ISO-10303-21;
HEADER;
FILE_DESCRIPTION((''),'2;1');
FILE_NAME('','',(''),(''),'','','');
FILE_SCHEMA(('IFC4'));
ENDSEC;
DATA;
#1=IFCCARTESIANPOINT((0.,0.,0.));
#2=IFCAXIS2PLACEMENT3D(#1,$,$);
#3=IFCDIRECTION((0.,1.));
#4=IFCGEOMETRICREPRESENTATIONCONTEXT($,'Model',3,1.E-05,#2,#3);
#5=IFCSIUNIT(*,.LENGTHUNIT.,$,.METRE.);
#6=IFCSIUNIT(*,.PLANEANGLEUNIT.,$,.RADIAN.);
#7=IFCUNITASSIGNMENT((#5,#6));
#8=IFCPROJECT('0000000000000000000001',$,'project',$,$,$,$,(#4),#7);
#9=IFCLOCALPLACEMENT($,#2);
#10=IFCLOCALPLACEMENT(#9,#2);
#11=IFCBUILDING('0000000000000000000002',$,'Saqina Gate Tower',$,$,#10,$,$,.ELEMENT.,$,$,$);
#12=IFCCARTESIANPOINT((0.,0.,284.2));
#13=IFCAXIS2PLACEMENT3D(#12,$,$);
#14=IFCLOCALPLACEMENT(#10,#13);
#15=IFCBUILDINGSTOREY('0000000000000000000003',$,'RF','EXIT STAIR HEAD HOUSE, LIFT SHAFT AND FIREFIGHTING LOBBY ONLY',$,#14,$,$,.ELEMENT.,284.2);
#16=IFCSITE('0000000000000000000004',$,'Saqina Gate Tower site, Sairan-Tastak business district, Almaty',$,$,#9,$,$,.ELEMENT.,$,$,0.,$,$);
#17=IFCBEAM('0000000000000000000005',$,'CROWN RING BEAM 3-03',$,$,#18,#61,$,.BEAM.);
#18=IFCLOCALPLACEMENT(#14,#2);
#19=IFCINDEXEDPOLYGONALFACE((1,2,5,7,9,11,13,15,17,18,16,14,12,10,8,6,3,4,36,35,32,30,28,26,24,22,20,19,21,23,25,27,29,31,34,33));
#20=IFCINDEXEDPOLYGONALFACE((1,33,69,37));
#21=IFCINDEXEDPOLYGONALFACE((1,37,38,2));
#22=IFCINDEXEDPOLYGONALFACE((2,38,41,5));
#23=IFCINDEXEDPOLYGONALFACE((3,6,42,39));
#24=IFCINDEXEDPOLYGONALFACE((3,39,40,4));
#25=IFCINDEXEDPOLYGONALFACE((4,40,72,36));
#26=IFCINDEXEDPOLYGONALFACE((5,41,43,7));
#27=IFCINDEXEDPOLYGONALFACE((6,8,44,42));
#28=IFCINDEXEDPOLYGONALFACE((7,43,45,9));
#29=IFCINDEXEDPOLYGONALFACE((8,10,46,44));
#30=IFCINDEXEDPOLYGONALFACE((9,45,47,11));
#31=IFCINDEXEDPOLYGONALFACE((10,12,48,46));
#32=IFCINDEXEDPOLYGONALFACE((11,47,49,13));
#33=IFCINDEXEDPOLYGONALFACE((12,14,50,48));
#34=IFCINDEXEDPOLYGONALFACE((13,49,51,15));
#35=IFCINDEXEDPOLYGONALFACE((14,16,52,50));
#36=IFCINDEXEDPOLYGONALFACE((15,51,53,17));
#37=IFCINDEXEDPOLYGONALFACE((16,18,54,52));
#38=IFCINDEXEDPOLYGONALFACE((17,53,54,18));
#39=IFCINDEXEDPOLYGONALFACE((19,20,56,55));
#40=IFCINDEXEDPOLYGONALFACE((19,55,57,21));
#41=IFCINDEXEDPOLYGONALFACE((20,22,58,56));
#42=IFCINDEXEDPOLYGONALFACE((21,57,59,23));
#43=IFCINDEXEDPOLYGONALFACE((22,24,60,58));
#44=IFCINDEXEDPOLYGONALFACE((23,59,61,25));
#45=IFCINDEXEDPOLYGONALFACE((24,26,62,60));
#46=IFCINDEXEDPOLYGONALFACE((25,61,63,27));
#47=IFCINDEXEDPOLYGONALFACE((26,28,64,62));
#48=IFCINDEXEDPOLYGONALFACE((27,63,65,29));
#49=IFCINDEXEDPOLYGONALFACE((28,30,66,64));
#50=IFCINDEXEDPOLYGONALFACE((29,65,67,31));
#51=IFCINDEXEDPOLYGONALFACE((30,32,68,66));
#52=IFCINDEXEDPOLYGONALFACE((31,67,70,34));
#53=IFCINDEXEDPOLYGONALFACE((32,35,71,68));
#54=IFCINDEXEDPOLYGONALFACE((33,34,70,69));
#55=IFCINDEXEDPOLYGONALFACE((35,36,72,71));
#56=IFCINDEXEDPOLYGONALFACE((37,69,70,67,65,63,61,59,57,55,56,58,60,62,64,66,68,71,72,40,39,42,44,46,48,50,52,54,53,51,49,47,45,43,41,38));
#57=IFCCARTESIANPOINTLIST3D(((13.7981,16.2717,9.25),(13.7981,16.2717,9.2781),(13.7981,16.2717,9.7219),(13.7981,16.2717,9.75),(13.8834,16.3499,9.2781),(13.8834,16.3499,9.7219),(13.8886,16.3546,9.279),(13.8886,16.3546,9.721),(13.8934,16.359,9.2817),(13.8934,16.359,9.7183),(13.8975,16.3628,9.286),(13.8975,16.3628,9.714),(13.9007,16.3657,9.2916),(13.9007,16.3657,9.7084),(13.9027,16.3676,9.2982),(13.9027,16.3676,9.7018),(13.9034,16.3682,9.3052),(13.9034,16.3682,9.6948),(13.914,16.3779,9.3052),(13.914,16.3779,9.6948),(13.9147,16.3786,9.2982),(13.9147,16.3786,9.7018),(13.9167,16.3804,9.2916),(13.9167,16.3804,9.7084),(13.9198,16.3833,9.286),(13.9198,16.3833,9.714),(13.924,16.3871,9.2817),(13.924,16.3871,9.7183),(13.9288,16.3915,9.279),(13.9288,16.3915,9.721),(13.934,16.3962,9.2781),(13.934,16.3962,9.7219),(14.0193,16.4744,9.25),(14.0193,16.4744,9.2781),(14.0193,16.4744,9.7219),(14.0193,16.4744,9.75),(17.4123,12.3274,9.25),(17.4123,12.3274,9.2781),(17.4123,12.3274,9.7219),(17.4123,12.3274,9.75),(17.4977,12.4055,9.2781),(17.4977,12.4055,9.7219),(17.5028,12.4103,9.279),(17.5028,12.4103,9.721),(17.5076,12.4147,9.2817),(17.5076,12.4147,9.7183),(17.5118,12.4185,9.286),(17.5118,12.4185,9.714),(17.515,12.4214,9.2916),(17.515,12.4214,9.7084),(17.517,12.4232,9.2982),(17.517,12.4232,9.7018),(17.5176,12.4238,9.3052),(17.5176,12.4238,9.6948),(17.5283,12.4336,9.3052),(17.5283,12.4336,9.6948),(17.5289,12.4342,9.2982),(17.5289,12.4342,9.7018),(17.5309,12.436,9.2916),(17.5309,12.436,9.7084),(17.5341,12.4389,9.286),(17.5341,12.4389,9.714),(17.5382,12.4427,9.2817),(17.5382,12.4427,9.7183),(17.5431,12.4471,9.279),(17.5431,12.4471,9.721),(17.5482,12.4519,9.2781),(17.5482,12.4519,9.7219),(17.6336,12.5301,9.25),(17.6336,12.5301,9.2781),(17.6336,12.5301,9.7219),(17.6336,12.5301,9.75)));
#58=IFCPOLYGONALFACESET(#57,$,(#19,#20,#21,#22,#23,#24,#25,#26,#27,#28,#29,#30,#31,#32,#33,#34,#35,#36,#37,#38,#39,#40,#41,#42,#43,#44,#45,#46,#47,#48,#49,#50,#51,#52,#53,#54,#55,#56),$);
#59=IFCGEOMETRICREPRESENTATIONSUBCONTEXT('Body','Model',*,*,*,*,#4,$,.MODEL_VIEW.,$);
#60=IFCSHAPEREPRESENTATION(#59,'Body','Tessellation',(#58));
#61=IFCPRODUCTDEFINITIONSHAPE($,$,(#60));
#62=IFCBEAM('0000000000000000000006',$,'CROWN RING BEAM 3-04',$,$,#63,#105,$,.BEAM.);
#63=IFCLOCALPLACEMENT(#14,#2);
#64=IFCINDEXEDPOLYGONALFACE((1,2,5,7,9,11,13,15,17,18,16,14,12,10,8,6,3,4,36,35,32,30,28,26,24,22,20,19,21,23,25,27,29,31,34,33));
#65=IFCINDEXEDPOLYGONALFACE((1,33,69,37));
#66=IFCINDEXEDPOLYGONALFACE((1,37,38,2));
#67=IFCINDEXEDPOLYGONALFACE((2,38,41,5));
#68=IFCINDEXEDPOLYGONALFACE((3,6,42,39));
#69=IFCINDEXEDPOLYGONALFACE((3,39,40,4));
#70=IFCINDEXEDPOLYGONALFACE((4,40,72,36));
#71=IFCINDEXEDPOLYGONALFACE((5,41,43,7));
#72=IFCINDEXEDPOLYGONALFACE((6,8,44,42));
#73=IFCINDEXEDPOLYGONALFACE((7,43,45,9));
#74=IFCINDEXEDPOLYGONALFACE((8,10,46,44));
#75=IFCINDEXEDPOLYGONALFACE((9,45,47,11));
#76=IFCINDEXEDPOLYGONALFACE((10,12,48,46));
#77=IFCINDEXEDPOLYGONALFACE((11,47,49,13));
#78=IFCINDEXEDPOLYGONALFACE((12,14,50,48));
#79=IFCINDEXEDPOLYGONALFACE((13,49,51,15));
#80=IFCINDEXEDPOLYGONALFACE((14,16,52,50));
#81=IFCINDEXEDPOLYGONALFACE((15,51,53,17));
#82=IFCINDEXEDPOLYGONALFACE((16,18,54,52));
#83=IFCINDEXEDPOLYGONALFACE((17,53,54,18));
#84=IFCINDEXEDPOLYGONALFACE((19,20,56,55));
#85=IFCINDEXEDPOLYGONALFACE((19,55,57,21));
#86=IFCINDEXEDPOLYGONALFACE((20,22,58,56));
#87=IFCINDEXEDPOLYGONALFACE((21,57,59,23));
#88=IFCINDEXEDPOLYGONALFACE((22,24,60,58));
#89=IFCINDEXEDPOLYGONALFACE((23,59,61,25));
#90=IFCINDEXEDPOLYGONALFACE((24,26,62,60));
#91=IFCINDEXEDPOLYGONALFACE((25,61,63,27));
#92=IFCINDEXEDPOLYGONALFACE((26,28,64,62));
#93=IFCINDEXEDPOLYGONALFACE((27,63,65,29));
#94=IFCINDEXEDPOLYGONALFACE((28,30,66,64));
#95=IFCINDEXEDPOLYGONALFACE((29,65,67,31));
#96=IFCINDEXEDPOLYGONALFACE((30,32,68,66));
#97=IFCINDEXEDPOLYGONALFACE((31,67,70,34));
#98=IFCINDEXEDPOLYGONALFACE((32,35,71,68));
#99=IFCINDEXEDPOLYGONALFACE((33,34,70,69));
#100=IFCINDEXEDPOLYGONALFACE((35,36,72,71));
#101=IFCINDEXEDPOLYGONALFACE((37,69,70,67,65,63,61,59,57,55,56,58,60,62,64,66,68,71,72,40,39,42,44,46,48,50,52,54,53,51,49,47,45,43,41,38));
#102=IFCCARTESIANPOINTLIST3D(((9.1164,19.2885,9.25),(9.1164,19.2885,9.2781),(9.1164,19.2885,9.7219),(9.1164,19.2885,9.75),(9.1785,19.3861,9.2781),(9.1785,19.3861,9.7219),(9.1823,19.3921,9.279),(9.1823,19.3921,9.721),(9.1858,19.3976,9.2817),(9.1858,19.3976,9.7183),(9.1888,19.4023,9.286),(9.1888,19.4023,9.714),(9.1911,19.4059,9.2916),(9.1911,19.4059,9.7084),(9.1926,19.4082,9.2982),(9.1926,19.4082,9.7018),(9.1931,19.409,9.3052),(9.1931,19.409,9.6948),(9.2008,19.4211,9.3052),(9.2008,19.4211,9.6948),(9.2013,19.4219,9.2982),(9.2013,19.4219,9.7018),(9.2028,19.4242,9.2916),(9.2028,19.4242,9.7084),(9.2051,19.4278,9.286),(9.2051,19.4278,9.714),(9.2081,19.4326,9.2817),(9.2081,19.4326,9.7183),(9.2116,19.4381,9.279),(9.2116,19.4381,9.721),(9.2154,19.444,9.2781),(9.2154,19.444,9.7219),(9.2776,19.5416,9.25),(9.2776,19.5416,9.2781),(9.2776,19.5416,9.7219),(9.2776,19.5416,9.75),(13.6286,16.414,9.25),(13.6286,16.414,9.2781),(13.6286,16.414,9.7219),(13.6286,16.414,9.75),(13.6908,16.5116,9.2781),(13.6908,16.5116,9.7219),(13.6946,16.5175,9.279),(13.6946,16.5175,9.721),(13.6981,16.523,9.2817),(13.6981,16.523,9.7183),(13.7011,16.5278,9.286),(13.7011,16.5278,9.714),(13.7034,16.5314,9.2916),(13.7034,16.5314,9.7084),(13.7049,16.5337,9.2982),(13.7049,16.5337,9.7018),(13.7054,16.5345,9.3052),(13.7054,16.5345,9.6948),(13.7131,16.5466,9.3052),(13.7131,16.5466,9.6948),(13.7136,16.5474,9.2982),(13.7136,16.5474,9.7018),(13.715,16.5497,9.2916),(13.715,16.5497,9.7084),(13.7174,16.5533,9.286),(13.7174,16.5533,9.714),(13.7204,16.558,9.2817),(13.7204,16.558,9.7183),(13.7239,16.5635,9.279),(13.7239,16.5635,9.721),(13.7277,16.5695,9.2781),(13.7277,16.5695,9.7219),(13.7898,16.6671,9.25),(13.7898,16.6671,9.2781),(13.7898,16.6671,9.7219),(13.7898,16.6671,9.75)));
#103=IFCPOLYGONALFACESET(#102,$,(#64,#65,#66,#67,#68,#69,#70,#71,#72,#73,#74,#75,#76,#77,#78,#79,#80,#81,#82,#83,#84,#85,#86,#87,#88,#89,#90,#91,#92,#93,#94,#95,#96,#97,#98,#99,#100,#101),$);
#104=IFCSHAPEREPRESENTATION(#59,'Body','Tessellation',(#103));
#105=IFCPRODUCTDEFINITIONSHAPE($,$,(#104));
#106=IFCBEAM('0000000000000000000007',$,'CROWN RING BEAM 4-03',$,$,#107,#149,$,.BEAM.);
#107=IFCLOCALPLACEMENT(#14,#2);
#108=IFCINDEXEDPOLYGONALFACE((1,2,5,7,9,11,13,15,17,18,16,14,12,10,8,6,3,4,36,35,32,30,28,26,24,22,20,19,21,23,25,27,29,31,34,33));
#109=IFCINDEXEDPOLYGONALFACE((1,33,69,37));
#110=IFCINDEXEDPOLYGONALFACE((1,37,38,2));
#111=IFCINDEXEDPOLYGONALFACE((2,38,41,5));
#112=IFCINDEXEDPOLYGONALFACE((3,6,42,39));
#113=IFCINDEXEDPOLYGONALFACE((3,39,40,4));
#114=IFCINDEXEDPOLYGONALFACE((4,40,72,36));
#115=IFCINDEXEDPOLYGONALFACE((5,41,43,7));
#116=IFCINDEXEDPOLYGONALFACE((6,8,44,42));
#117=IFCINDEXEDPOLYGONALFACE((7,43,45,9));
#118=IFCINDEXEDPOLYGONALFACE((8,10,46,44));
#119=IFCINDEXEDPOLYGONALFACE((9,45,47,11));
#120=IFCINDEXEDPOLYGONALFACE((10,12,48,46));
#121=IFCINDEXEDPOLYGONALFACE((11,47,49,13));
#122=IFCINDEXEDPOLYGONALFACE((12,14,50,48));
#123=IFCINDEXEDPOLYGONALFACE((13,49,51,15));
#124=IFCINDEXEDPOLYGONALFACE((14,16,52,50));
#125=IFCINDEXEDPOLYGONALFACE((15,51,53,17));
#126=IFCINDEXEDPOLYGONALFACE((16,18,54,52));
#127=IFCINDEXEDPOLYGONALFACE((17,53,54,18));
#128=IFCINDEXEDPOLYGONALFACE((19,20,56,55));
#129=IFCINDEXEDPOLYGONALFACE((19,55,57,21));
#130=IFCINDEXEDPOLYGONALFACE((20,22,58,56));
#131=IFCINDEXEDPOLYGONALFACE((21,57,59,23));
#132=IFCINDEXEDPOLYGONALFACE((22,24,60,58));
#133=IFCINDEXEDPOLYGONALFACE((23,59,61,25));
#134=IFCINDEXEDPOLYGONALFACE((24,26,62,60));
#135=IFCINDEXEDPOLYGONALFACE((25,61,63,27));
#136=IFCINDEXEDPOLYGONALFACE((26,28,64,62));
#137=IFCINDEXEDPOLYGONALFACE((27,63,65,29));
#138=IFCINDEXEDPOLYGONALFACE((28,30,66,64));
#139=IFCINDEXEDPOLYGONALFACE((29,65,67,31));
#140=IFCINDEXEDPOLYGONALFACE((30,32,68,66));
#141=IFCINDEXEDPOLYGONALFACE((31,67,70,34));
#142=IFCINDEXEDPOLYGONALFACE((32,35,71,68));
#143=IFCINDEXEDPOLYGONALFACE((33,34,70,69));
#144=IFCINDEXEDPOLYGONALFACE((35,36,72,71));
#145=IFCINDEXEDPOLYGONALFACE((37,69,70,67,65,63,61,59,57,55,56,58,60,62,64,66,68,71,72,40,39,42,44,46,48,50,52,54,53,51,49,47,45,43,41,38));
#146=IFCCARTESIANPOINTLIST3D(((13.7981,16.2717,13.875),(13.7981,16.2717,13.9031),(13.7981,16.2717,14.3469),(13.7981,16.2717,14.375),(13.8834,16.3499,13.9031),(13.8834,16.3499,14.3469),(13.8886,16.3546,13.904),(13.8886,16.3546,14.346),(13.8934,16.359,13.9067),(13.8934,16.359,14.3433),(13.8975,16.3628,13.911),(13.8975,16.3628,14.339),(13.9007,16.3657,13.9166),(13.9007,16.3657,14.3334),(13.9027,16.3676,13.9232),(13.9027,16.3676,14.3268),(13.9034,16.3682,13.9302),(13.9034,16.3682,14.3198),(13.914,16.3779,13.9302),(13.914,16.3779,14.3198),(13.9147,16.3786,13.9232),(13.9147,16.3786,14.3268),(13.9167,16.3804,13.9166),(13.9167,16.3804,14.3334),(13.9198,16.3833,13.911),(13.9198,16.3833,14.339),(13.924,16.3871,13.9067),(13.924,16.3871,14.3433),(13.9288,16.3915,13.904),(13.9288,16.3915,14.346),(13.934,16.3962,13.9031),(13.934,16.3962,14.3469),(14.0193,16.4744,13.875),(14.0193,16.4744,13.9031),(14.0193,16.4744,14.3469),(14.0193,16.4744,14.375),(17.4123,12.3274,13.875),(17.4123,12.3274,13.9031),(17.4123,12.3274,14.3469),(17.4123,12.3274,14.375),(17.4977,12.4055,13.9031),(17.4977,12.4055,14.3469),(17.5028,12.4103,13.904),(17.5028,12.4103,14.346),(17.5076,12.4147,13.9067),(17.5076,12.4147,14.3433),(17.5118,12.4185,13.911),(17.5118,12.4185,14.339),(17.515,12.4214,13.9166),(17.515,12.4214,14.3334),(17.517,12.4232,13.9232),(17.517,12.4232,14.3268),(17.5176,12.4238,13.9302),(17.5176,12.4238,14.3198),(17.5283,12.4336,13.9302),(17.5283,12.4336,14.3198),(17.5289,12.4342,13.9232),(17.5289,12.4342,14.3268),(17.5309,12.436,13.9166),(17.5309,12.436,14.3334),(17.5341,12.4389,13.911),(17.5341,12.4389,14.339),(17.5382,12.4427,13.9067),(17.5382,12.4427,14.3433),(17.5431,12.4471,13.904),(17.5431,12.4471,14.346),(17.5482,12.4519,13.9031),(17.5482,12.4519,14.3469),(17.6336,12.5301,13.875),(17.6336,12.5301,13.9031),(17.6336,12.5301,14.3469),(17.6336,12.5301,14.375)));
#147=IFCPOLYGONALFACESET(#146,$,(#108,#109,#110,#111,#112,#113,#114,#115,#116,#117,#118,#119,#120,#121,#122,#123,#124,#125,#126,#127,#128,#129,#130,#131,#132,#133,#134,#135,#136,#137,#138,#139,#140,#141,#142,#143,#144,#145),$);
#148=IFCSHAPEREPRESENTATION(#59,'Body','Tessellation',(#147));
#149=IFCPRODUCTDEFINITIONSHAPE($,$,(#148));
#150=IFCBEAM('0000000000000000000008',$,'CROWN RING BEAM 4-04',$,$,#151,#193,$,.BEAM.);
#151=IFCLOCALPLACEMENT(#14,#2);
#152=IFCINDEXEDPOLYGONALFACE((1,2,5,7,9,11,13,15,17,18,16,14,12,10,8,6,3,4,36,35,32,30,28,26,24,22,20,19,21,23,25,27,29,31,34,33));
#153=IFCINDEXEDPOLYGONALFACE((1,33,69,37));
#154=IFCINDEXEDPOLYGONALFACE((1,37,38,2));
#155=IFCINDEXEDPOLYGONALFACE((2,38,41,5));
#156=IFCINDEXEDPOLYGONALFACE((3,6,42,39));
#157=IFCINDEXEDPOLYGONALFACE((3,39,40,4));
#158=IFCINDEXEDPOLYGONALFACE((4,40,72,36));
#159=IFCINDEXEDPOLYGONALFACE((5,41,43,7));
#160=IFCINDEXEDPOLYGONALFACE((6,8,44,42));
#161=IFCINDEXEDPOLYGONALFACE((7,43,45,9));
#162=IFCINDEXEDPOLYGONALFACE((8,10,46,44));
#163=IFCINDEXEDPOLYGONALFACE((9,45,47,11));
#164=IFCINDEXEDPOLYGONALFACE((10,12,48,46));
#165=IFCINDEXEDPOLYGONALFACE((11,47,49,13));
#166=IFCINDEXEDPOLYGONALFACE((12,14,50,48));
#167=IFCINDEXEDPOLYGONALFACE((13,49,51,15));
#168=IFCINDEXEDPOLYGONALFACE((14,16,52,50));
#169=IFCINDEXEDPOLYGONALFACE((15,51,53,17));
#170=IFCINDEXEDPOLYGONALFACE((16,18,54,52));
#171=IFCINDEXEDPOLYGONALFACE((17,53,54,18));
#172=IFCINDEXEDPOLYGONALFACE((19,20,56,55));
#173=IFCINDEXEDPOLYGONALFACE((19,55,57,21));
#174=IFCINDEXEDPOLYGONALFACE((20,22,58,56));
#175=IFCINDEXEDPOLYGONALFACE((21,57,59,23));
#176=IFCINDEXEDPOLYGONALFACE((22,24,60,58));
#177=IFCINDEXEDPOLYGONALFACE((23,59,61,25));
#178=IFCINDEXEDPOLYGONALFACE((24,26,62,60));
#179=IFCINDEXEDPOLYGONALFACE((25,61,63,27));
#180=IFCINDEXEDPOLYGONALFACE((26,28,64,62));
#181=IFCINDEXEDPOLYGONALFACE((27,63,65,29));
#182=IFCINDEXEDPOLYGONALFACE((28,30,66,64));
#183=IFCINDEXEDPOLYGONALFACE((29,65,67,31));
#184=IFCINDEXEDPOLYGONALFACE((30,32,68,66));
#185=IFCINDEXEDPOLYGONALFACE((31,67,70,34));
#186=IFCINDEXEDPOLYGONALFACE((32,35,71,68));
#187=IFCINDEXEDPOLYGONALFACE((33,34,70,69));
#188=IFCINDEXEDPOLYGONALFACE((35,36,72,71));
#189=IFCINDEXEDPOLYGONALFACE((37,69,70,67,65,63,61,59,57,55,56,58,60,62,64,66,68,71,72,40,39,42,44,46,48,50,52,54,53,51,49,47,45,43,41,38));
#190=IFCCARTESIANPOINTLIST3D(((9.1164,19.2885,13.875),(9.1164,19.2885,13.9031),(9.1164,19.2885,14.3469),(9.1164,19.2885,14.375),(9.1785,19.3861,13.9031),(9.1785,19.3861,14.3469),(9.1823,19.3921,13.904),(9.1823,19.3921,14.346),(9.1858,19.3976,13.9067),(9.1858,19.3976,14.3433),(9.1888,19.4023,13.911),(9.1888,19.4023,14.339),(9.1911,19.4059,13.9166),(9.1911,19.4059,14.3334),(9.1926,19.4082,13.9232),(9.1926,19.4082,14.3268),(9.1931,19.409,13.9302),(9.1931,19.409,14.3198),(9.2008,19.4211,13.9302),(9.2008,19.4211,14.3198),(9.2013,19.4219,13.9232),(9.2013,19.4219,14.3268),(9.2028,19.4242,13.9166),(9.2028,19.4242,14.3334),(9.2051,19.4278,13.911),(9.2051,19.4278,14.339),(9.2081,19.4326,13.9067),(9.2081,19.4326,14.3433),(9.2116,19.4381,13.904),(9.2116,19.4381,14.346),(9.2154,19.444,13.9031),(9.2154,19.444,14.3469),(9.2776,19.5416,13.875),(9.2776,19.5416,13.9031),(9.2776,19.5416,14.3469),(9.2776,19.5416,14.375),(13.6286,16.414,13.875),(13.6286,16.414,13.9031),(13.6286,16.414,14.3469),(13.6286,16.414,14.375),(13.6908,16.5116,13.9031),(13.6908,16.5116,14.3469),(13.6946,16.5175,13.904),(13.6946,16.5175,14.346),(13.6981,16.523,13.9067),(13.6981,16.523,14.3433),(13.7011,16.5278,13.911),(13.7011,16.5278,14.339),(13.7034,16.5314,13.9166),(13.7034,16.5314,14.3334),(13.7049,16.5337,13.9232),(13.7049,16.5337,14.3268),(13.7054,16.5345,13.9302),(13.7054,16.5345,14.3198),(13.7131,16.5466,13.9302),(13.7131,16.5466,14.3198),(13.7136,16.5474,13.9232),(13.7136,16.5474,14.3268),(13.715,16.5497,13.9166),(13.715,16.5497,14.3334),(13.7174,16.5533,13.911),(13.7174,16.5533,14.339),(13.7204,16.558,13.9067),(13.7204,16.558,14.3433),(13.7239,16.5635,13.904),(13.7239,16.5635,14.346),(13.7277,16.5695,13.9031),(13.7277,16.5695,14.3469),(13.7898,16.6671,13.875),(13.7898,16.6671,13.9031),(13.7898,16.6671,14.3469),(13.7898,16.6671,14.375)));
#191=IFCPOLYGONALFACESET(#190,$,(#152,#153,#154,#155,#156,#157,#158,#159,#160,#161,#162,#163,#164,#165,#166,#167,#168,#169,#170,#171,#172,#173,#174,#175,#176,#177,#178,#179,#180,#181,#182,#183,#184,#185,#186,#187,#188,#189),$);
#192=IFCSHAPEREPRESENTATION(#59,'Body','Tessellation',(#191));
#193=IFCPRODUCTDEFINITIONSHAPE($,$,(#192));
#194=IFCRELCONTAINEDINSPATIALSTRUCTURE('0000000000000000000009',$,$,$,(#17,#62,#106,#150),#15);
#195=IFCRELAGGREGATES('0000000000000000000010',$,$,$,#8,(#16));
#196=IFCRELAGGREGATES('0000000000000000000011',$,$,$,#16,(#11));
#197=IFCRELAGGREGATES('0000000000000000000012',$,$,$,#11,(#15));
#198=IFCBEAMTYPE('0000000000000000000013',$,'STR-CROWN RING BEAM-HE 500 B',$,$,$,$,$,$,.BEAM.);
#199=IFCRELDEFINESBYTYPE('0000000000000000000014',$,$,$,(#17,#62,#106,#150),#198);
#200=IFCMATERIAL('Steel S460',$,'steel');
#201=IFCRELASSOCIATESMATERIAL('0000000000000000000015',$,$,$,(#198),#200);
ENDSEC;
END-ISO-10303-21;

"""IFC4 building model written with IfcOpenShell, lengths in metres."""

from ifc_helpers import new_model, si_unit, direction, frame, origin, origin_2d, place, context, subcontext, project, spatial, i_section, extrude, material, material_profile, profile_set, type_object, element, save


model = new_model("IFC4")

# Units and contexts
model_context = context("Model", 3, precision=1e-05, world=origin(), true_north=direction((0.0, 1.0)))
body_context = subcontext(model_context, "Body", "Model", "MODEL_VIEW")
ifc_project = project(units=[si_unit("LENGTHUNIT", "METRE"), si_unit("PLANEANGLEUNIT", "RADIAN")], contexts=[model_context])

# Site, building, storey
site_placement = place(None, origin())
site = spatial("IfcSite", under=ifc_project, at=site_placement, Name="Saqina Gate Tower site, Sairan-Tastak business district, Almaty", CompositionType="ELEMENT", RefElevation=0.0)
building_placement = place(site_placement, origin())
building = spatial("IfcBuilding", under=site, at=building_placement, Name="Saqina Gate Tower", CompositionType="ELEMENT")
storey_placement = place(building_placement, frame((0.0, 0.0, 284.2)))
storey = spatial("IfcBuildingStorey", under=building, at=storey_placement, Name="RF", Description="EXIT STAIR HEAD HOUSE, LIFT SHAFT AND FIREFIGHTING LOBBY ONLY", CompositionType="ELEMENT", Elevation=284.2)

# Beams
ifc_material_1 = material(Name="Steel S460", Category="steel")
ifc_material_profile_1 = material_profile(ifc_material_1, i_section(OverallWidth=0.3, OverallDepth=0.5, WebThickness=0.0144, FlangeThickness=0.0281, FilletRadius=0.0271, at=origin_2d()), Name="HE 500 B")
ifc_profile_set_1 = profile_set([ifc_material_profile_1], Name="Steel S460")
beam_type_1 = type_object("IfcBeamType", Name="STR-CROWN RING BEAM-HE 500 B", PredefinedType="BEAM", material=ifc_profile_set_1)
beam_1_placement = place(storey_placement, frame((17.5229, 12.4287, 9.5), z_axis=(-0.675584, 0.737283, 0.0), x_axis=(-0.737283, -0.675584, 0.0)))
element("IfcBeam", 1, at=beam_1_placement, inside=storey, type_object=beam_type_1, Name="CROWN RING BEAM 3-03", PredefinedType="BEAM", context=body_context, shape_type="SweptSolid", body=[
    extrude(i_section(OverallWidth=0.3, OverallDepth=0.5, WebThickness=0.0144, FlangeThickness=0.0281, FilletRadius=0.0271, at=origin_2d()), origin(), (0.0, 0.0, 1.0), 5.3499),
])
beam_2_placement = place(storey_placement, frame((13.7092, 16.5405, 9.5), z_axis=(-0.843398, 0.537289, 0.0), x_axis=(-0.537289, -0.843398, 0.0)))
element("IfcBeam", 2, at=beam_2_placement, inside=storey, type_object=beam_type_1, Name="CROWN RING BEAM 3-04", PredefinedType="BEAM", context=body_context, shape_type="SweptSolid", body=[
    extrude(i_section(OverallWidth=0.3, OverallDepth=0.5, WebThickness=0.0144, FlangeThickness=0.0281, FilletRadius=0.0271, at=origin_2d()), origin(), (0.0, 0.0, 1.0), 5.3501),
])
beam_3_placement = place(storey_placement, frame((17.5229, 12.4287, 14.125), z_axis=(-0.675584, 0.737283, 0.0), x_axis=(-0.737283, -0.675584, 0.0)))
element("IfcBeam", 3, at=beam_3_placement, inside=storey, type_object=beam_type_1, Name="CROWN RING BEAM 4-03", PredefinedType="BEAM", context=body_context, shape_type="SweptSolid", body=[
    extrude(i_section(OverallWidth=0.3, OverallDepth=0.5, WebThickness=0.0144, FlangeThickness=0.0281, FilletRadius=0.0271, at=origin_2d()), origin(), (0.0, 0.0, 1.0), 5.3499),
])
beam_4_placement = place(storey_placement, frame((13.7092, 16.5405, 14.125), z_axis=(-0.843398, 0.537289, 0.0), x_axis=(-0.537289, -0.843398, 0.0)))
element("IfcBeam", 4, at=beam_4_placement, inside=storey, type_object=beam_type_1, Name="CROWN RING BEAM 4-04", PredefinedType="BEAM", context=body_context, shape_type="SweptSolid", body=[
    extrude(i_section(OverallWidth=0.3, OverallDepth=0.5, WebThickness=0.0144, FlangeThickness=0.0281, FilletRadius=0.0271, at=origin_2d()), origin(), (0.0, 0.0, 1.0), 5.3501),
])

save(model, "model.ifc")
